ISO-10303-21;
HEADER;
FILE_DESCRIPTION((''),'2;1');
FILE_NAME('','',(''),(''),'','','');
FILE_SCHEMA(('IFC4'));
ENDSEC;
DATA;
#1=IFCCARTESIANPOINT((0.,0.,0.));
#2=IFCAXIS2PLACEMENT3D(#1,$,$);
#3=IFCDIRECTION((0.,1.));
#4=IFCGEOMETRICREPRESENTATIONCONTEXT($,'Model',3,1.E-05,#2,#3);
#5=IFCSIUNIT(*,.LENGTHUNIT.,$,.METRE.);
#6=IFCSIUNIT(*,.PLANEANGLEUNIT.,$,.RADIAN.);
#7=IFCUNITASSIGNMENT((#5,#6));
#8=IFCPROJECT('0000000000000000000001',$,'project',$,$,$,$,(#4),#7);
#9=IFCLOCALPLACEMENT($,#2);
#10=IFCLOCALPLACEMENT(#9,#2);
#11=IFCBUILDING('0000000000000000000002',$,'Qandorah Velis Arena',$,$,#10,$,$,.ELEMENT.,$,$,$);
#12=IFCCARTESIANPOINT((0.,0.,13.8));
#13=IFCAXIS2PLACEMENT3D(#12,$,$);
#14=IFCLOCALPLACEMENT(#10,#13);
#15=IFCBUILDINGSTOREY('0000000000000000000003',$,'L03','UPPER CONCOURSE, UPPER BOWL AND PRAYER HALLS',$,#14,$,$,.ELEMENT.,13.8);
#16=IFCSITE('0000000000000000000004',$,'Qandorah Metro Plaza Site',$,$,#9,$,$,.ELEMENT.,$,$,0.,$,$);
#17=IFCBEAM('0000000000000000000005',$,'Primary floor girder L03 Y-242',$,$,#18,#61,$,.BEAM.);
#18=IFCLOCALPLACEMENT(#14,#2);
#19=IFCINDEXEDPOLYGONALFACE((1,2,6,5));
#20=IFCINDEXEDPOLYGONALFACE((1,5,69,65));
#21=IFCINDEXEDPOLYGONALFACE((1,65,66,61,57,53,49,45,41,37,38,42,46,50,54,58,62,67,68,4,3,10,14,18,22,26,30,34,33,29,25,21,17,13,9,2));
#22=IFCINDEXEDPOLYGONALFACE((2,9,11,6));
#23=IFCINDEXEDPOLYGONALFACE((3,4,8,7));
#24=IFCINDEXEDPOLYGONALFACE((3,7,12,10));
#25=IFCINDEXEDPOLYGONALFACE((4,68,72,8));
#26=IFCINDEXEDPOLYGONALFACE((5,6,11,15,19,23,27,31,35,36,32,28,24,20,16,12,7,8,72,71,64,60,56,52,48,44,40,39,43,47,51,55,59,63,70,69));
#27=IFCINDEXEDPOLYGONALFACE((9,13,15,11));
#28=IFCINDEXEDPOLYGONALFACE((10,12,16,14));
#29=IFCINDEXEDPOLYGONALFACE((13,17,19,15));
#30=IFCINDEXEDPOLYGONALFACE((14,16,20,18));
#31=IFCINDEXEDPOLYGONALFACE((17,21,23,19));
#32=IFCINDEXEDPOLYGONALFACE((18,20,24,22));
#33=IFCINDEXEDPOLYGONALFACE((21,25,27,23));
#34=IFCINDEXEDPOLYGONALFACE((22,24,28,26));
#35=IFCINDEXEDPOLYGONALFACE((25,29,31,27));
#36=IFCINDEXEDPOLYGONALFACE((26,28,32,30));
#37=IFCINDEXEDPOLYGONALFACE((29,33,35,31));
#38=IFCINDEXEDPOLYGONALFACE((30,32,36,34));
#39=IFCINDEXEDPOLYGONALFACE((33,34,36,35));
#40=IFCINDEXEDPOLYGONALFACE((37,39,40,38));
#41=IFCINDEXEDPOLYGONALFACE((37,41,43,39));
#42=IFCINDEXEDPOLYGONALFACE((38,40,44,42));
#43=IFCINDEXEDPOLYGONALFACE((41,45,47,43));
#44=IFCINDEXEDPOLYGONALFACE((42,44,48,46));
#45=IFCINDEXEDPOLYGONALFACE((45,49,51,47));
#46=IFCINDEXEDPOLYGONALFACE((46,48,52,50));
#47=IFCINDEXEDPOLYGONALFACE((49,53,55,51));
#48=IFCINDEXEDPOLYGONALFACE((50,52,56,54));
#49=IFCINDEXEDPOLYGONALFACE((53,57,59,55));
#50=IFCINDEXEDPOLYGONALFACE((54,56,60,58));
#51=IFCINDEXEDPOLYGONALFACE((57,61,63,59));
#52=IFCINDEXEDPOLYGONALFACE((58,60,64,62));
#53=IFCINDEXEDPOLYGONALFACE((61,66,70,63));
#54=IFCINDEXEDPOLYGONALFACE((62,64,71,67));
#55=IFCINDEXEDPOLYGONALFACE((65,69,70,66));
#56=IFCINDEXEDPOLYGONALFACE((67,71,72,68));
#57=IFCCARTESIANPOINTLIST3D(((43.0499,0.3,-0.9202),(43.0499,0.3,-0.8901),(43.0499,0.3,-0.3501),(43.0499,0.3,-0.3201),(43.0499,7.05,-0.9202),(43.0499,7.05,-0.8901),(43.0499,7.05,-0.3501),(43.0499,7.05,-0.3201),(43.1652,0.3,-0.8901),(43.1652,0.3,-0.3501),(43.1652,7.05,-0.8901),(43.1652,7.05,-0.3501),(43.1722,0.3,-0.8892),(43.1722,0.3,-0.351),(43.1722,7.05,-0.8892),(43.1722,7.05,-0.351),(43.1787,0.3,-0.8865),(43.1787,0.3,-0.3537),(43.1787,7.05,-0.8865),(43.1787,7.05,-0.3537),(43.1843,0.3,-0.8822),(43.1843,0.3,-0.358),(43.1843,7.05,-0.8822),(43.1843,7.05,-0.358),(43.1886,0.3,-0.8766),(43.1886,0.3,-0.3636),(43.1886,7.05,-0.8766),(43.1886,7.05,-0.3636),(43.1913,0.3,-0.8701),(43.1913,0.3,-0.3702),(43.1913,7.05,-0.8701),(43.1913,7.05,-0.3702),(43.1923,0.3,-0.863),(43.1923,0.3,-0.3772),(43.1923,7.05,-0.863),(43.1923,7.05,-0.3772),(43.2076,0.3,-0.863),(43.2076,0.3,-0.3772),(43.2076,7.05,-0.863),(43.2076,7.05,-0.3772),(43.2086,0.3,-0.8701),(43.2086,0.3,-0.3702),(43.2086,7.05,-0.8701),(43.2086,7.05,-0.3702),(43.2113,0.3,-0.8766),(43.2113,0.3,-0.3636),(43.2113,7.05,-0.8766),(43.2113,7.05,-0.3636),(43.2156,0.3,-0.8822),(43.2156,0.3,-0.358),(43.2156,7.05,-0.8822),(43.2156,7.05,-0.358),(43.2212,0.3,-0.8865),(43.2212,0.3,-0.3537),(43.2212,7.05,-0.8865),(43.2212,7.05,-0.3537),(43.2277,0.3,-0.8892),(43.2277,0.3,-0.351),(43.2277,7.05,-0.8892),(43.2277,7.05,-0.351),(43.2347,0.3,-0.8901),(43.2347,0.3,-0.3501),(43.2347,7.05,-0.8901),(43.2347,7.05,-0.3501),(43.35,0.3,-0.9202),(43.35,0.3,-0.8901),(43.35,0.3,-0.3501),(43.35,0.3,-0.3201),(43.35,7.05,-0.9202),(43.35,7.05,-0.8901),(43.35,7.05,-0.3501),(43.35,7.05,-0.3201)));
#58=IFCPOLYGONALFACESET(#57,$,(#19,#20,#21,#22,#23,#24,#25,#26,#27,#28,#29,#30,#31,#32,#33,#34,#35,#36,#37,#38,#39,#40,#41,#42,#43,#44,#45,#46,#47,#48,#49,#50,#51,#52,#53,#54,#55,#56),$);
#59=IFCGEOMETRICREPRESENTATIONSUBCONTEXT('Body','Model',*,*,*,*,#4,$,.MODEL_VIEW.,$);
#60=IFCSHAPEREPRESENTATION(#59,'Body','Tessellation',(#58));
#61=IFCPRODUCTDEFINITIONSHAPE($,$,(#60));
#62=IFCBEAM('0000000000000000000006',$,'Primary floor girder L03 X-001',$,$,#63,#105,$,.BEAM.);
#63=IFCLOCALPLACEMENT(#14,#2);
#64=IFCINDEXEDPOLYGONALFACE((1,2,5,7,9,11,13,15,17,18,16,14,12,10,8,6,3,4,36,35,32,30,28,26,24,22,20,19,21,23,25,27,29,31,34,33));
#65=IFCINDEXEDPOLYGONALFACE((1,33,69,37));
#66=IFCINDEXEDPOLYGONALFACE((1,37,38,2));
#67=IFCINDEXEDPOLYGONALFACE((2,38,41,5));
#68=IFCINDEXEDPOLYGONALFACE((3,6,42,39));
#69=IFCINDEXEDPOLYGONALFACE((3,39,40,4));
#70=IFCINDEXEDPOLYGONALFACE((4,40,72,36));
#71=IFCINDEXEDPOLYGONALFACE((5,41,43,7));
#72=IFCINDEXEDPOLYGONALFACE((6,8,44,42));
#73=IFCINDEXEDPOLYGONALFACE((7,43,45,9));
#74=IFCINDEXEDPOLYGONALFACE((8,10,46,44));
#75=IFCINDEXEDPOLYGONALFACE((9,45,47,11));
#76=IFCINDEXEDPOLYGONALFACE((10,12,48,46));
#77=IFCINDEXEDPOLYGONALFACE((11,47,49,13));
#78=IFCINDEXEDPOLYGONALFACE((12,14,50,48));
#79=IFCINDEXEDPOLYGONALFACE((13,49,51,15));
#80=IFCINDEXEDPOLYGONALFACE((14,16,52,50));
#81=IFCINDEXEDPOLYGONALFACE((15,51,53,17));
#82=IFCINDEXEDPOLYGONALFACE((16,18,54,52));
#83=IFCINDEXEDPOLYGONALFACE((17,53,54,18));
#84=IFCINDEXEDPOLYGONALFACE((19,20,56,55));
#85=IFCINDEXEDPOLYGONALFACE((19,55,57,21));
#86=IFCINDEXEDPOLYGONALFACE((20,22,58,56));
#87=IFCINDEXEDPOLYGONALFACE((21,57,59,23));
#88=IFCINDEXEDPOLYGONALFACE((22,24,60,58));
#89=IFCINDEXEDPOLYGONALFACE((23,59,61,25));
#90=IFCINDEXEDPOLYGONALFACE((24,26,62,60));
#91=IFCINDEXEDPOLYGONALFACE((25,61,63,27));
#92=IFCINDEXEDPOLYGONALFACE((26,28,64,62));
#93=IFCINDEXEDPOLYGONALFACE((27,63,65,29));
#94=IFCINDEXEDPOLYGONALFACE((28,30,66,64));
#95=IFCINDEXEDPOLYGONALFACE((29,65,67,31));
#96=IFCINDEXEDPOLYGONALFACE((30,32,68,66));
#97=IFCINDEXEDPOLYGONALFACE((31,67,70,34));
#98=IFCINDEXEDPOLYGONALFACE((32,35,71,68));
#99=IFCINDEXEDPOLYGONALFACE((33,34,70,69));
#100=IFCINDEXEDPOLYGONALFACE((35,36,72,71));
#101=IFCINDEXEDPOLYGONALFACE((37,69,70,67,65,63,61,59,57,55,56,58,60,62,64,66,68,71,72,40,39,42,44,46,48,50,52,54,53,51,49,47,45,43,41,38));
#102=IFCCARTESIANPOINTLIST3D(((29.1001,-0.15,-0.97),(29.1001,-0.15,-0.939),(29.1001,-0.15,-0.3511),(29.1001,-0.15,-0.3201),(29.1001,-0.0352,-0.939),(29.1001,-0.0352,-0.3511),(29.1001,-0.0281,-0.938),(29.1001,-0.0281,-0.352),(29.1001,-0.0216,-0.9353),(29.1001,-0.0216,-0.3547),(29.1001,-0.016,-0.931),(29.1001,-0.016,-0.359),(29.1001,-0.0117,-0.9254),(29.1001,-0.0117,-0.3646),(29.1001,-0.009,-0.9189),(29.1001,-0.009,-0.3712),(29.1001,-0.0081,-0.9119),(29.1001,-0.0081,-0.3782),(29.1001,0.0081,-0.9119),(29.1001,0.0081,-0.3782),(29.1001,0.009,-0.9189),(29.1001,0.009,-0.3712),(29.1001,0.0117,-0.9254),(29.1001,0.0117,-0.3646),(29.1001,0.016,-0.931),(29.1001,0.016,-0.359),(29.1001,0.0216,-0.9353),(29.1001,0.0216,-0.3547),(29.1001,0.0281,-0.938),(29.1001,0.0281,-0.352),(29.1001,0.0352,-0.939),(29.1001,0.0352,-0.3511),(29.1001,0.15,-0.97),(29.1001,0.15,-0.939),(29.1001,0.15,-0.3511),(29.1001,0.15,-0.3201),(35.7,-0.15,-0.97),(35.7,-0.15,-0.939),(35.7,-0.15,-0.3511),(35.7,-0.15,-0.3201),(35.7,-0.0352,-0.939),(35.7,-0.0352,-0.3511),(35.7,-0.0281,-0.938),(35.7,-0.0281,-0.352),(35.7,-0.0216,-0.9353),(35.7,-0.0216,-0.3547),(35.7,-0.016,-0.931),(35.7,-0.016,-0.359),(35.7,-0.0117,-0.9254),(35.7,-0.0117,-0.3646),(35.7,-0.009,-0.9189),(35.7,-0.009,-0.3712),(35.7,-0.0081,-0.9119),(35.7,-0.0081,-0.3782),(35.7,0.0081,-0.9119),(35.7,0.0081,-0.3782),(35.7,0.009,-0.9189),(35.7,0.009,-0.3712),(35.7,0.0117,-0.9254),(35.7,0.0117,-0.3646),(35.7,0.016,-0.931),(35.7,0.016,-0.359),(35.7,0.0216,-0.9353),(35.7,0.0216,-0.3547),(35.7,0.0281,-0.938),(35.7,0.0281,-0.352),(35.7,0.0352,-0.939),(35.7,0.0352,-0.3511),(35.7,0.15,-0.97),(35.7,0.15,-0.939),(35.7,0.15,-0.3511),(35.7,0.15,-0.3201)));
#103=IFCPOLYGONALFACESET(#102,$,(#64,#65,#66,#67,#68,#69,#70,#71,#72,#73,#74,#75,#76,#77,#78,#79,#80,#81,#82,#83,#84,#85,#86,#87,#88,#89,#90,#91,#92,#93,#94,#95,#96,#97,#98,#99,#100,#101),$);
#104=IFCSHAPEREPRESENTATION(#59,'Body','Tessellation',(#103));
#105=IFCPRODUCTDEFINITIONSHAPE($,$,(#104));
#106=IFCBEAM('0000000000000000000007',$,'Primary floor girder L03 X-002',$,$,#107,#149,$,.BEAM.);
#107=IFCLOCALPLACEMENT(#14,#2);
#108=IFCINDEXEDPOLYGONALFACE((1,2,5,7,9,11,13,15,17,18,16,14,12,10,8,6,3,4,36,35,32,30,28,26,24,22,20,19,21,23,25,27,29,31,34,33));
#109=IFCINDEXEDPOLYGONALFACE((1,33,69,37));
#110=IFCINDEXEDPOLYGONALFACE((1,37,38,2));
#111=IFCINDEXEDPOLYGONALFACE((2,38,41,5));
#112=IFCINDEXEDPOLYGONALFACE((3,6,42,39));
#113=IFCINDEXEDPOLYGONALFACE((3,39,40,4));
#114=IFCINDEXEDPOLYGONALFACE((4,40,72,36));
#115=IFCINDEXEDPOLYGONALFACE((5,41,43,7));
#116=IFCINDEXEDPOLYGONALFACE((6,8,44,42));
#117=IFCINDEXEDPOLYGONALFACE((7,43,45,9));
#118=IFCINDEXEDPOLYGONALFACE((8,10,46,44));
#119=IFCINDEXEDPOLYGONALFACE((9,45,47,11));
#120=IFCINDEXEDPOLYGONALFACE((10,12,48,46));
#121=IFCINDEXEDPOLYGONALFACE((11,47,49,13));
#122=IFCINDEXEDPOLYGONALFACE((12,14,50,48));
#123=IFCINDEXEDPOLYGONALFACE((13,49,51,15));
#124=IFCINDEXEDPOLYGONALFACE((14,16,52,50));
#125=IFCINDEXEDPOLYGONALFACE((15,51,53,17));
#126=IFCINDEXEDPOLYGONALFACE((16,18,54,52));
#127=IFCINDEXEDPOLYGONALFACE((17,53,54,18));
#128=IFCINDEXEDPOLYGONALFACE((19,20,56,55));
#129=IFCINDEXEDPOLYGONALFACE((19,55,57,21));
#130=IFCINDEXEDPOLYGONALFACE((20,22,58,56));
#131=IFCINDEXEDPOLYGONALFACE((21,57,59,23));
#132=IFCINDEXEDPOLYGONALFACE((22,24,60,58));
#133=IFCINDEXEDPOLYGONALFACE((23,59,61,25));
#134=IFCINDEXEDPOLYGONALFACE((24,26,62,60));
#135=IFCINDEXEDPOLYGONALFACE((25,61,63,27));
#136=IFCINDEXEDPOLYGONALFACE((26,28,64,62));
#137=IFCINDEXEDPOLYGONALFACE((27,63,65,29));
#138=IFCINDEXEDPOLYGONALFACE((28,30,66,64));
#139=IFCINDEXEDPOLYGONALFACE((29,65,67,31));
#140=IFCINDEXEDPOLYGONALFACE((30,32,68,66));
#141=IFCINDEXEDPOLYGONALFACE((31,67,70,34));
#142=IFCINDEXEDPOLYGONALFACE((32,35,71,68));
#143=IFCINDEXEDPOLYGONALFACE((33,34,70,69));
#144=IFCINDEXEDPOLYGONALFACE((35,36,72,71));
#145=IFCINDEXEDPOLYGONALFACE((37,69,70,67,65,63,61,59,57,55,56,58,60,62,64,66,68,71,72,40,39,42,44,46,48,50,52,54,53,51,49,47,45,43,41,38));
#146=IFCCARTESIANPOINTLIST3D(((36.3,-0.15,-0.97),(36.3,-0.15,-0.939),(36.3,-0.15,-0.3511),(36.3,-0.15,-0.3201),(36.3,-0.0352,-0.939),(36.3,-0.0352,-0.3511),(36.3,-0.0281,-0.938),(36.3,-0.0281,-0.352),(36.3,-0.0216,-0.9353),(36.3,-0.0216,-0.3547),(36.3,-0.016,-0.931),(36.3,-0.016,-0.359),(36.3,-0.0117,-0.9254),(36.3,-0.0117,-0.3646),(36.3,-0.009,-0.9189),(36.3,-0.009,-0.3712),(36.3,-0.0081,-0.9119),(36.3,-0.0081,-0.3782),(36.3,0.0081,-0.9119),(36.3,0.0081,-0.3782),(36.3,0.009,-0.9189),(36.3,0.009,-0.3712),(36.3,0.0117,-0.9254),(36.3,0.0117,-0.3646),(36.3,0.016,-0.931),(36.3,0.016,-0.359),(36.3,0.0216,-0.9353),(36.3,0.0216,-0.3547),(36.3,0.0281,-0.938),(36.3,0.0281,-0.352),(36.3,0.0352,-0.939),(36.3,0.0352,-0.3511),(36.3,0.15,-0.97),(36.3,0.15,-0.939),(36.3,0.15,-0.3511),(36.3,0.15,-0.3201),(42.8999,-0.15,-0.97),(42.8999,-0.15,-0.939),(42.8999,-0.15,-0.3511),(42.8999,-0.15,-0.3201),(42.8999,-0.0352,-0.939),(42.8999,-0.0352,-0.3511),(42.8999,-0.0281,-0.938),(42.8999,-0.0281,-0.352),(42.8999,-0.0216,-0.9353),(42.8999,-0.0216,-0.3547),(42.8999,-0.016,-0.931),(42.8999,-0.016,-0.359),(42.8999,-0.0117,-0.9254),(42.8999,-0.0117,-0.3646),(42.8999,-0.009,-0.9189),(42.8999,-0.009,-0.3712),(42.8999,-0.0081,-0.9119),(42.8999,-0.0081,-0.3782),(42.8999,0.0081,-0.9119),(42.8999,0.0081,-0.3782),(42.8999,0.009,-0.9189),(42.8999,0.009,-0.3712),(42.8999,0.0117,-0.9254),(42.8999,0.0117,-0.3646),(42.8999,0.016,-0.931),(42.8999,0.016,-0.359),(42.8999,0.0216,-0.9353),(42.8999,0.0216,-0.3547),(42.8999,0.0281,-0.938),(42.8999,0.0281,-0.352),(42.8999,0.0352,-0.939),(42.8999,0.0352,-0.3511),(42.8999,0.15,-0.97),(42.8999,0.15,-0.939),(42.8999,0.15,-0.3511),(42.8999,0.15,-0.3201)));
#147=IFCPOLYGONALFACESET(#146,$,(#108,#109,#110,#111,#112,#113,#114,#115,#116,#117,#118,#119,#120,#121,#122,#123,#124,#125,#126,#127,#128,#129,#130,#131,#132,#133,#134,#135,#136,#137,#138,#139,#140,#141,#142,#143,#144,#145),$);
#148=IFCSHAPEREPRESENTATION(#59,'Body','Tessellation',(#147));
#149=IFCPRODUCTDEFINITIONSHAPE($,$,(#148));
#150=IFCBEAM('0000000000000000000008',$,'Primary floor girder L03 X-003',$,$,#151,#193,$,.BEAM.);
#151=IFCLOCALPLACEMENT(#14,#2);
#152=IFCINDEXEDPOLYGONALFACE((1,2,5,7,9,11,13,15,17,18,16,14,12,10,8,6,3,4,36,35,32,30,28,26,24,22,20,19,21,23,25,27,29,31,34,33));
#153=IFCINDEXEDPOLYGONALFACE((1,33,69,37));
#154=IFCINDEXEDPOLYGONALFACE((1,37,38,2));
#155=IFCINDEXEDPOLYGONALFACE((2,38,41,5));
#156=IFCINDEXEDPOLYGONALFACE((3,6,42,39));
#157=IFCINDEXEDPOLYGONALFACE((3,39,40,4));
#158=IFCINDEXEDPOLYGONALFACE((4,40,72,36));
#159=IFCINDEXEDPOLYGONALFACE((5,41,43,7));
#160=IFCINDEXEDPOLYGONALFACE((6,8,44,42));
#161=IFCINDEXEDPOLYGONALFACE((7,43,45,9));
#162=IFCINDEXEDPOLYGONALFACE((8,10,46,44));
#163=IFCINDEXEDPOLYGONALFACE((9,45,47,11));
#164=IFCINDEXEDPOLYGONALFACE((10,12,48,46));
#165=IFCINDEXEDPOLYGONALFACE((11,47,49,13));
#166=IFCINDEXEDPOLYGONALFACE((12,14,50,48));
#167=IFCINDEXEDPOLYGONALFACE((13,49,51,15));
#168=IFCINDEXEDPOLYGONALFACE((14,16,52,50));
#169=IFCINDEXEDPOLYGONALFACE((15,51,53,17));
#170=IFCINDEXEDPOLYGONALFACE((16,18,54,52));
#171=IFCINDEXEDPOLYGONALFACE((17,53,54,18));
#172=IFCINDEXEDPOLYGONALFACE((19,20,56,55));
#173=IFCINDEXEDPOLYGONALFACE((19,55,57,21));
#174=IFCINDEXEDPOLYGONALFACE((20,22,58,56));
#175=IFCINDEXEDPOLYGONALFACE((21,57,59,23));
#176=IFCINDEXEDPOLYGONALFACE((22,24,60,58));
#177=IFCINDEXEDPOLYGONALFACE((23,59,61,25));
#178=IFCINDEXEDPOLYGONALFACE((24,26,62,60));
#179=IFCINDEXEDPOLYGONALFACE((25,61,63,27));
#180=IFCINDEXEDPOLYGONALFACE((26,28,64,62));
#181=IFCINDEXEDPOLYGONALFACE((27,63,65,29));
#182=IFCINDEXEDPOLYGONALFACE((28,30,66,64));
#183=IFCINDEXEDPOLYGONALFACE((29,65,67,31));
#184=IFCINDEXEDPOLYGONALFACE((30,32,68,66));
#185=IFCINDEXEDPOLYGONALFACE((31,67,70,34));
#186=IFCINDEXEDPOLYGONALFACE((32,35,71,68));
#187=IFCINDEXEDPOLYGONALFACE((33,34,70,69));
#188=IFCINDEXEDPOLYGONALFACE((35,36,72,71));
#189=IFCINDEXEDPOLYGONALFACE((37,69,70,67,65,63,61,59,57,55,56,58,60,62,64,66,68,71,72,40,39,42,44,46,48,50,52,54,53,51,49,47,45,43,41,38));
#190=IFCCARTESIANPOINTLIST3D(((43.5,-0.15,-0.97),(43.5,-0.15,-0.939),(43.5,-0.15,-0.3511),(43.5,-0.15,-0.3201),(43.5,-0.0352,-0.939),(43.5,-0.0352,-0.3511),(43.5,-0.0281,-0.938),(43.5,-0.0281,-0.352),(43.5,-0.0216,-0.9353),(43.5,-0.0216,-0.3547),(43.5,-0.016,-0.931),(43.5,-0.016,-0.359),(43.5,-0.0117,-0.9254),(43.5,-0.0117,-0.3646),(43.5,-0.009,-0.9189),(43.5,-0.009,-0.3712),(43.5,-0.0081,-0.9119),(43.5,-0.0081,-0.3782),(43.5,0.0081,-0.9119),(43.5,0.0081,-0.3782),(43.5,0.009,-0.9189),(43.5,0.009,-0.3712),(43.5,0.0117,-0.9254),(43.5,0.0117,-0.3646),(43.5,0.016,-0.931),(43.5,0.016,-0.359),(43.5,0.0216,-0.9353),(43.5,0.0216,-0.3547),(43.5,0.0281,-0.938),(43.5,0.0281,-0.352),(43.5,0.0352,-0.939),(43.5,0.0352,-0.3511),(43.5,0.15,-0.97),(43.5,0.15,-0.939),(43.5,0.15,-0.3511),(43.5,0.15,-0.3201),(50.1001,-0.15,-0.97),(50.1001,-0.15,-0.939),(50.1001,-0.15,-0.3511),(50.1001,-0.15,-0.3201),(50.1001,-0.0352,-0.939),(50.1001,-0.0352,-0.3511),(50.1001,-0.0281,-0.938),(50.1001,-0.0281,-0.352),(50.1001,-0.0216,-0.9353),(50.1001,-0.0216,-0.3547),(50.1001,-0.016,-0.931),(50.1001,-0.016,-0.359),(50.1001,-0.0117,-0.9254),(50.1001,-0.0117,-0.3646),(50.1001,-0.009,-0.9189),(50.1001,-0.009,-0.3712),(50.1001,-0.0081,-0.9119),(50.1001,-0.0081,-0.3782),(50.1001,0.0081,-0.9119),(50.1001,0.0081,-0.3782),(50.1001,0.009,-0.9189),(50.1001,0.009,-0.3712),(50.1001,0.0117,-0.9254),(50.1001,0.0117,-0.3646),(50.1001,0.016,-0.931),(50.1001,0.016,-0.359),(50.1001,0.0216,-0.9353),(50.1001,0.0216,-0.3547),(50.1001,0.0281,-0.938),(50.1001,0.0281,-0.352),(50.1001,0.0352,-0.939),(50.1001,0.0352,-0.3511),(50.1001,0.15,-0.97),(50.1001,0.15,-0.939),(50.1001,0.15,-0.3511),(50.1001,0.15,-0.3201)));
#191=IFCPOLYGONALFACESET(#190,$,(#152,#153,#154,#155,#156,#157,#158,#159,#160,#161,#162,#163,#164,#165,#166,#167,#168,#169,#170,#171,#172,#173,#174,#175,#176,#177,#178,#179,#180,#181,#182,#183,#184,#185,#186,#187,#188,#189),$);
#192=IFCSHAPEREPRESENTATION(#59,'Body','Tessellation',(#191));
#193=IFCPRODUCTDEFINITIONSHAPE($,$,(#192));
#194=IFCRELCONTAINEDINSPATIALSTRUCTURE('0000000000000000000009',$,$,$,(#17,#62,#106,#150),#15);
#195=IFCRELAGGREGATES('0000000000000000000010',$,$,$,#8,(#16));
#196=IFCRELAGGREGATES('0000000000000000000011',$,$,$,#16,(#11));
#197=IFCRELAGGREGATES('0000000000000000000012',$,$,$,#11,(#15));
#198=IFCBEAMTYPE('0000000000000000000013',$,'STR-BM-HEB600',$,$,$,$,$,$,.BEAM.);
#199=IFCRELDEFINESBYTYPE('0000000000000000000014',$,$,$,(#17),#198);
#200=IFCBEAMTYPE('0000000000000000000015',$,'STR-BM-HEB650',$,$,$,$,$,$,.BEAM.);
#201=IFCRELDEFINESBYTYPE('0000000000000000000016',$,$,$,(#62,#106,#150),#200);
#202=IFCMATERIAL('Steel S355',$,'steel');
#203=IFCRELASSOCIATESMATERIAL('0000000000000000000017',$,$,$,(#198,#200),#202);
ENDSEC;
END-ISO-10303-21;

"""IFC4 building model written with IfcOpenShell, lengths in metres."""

from ifc_helpers import new_model, si_unit, direction, frame, origin, origin_2d, place, context, subcontext, project, spatial, i_section, extrude, material, material_profile, profile_set, type_object, element, save


model = new_model("IFC4")

# Units and contexts
model_context = context("Model", 3, precision=1e-05, world=origin(), true_north=direction((0.0, 1.0)))
body_context = subcontext(model_context, "Body", "Model", "MODEL_VIEW")
ifc_project = project(units=[si_unit("LENGTHUNIT", "METRE"), si_unit("PLANEANGLEUNIT", "RADIAN")], contexts=[model_context])

# Site, building, storey
site_placement = place(None, origin())
site = spatial("IfcSite", under=ifc_project, at=site_placement, Name="Qandorah Metro Plaza Site", CompositionType="ELEMENT", RefElevation=0.0)
building_placement = place(site_placement, origin())
building = spatial("IfcBuilding", under=site, at=building_placement, Name="Qandorah Velis Arena", CompositionType="ELEMENT")
storey_placement = place(building_placement, frame((0.0, 0.0, 13.8)))
storey = spatial("IfcBuildingStorey", under=building, at=storey_placement, Name="L03", Description="UPPER CONCOURSE, UPPER BOWL AND PRAYER HALLS", CompositionType="ELEMENT", Elevation=13.8)

# Beams
ifc_material_1 = material(Name="Steel S355", Category="steel")
ifc_material_profile_1 = material_profile(ifc_material_1, i_section(OverallWidth=0.3, OverallDepth=0.6001, WebThickness=0.0154, FlangeThickness=0.03, FilletRadius=0.0271, at=origin_2d()), Name="HEB 600")
ifc_profile_set_1 = profile_set([ifc_material_profile_1], Name="Steel S355")
beam_type_1 = type_object("IfcBeamType", Name="STR-BM-HEB600", PredefinedType="BEAM", material=ifc_profile_set_1)
beam_1_placement = place(storey_placement, frame((43.2, 0.3, -0.6201), z_axis=(0.0, 1.0, 0.0), x_axis=(-1.0, 0.0, 0.0)))
element("IfcBeam", 1, at=beam_1_placement, inside=storey, type_object=beam_type_1, Name="Primary floor girder L03 Y-242", PredefinedType="BEAM", context=body_context, shape_type="SweptSolid", body=[
    extrude(i_section(OverallWidth=0.3, OverallDepth=0.6001, WebThickness=0.0154, FlangeThickness=0.03, FilletRadius=0.0271, at=origin_2d()), origin(), (0.0, 0.0, 1.0), 6.75),
])
ifc_material_profile_2 = material_profile(ifc_material_1, i_section(OverallWidth=0.3, OverallDepth=0.6499, WebThickness=0.0161, FlangeThickness=0.031, FilletRadius=0.0271, at=origin_2d()), Name="HEB 650")
ifc_profile_set_2 = profile_set([ifc_material_profile_2], Name="Steel S355")
beam_type_2 = type_object("IfcBeamType", Name="STR-BM-HEB650", PredefinedType="BEAM", material=ifc_profile_set_2)
for number, where, z_axis, x_axis, name in (
    (2, (29.1001, 0.0, -0.645), (1.0, 0.0, 0.0), (0.0, 1.0, 0.0), "Primary floor girder L03 X-001"),
    (3, (36.3, 0.0, -0.645), (1.0, 0.0, 0.0), (0.0, 1.0, 0.0), "Primary floor girder L03 X-002"),
):
    element("IfcBeam", number, at=place(storey_placement, frame(where, z_axis=z_axis, x_axis=x_axis)), inside=storey, type_object=beam_type_2, Name=name, PredefinedType="BEAM", context=body_context, shape_type="SweptSolid", body=[
        extrude(i_section(OverallWidth=0.3, OverallDepth=0.6499, WebThickness=0.0161, FlangeThickness=0.031, FilletRadius=0.0271, at=origin_2d()), origin(), (0.0, 0.0, 1.0), 6.5999),
    ])
beam_2_placement = place(storey_placement, frame((43.5, 0.0, -0.645), z_axis=(1.0, 0.0, 0.0), x_axis=(0.0, 1.0, 0.0)))
element("IfcBeam", 4, at=beam_2_placement, inside=storey, type_object=beam_type_2, Name="Primary floor girder L03 X-003", PredefinedType="BEAM", context=body_context, shape_type="SweptSolid", body=[
    extrude(i_section(OverallWidth=0.3, OverallDepth=0.6499, WebThickness=0.0161, FlangeThickness=0.031, FilletRadius=0.0271, at=origin_2d()), origin(), (0.0, 0.0, 1.0), 6.6001),
])

save(model, "model.ifc")
